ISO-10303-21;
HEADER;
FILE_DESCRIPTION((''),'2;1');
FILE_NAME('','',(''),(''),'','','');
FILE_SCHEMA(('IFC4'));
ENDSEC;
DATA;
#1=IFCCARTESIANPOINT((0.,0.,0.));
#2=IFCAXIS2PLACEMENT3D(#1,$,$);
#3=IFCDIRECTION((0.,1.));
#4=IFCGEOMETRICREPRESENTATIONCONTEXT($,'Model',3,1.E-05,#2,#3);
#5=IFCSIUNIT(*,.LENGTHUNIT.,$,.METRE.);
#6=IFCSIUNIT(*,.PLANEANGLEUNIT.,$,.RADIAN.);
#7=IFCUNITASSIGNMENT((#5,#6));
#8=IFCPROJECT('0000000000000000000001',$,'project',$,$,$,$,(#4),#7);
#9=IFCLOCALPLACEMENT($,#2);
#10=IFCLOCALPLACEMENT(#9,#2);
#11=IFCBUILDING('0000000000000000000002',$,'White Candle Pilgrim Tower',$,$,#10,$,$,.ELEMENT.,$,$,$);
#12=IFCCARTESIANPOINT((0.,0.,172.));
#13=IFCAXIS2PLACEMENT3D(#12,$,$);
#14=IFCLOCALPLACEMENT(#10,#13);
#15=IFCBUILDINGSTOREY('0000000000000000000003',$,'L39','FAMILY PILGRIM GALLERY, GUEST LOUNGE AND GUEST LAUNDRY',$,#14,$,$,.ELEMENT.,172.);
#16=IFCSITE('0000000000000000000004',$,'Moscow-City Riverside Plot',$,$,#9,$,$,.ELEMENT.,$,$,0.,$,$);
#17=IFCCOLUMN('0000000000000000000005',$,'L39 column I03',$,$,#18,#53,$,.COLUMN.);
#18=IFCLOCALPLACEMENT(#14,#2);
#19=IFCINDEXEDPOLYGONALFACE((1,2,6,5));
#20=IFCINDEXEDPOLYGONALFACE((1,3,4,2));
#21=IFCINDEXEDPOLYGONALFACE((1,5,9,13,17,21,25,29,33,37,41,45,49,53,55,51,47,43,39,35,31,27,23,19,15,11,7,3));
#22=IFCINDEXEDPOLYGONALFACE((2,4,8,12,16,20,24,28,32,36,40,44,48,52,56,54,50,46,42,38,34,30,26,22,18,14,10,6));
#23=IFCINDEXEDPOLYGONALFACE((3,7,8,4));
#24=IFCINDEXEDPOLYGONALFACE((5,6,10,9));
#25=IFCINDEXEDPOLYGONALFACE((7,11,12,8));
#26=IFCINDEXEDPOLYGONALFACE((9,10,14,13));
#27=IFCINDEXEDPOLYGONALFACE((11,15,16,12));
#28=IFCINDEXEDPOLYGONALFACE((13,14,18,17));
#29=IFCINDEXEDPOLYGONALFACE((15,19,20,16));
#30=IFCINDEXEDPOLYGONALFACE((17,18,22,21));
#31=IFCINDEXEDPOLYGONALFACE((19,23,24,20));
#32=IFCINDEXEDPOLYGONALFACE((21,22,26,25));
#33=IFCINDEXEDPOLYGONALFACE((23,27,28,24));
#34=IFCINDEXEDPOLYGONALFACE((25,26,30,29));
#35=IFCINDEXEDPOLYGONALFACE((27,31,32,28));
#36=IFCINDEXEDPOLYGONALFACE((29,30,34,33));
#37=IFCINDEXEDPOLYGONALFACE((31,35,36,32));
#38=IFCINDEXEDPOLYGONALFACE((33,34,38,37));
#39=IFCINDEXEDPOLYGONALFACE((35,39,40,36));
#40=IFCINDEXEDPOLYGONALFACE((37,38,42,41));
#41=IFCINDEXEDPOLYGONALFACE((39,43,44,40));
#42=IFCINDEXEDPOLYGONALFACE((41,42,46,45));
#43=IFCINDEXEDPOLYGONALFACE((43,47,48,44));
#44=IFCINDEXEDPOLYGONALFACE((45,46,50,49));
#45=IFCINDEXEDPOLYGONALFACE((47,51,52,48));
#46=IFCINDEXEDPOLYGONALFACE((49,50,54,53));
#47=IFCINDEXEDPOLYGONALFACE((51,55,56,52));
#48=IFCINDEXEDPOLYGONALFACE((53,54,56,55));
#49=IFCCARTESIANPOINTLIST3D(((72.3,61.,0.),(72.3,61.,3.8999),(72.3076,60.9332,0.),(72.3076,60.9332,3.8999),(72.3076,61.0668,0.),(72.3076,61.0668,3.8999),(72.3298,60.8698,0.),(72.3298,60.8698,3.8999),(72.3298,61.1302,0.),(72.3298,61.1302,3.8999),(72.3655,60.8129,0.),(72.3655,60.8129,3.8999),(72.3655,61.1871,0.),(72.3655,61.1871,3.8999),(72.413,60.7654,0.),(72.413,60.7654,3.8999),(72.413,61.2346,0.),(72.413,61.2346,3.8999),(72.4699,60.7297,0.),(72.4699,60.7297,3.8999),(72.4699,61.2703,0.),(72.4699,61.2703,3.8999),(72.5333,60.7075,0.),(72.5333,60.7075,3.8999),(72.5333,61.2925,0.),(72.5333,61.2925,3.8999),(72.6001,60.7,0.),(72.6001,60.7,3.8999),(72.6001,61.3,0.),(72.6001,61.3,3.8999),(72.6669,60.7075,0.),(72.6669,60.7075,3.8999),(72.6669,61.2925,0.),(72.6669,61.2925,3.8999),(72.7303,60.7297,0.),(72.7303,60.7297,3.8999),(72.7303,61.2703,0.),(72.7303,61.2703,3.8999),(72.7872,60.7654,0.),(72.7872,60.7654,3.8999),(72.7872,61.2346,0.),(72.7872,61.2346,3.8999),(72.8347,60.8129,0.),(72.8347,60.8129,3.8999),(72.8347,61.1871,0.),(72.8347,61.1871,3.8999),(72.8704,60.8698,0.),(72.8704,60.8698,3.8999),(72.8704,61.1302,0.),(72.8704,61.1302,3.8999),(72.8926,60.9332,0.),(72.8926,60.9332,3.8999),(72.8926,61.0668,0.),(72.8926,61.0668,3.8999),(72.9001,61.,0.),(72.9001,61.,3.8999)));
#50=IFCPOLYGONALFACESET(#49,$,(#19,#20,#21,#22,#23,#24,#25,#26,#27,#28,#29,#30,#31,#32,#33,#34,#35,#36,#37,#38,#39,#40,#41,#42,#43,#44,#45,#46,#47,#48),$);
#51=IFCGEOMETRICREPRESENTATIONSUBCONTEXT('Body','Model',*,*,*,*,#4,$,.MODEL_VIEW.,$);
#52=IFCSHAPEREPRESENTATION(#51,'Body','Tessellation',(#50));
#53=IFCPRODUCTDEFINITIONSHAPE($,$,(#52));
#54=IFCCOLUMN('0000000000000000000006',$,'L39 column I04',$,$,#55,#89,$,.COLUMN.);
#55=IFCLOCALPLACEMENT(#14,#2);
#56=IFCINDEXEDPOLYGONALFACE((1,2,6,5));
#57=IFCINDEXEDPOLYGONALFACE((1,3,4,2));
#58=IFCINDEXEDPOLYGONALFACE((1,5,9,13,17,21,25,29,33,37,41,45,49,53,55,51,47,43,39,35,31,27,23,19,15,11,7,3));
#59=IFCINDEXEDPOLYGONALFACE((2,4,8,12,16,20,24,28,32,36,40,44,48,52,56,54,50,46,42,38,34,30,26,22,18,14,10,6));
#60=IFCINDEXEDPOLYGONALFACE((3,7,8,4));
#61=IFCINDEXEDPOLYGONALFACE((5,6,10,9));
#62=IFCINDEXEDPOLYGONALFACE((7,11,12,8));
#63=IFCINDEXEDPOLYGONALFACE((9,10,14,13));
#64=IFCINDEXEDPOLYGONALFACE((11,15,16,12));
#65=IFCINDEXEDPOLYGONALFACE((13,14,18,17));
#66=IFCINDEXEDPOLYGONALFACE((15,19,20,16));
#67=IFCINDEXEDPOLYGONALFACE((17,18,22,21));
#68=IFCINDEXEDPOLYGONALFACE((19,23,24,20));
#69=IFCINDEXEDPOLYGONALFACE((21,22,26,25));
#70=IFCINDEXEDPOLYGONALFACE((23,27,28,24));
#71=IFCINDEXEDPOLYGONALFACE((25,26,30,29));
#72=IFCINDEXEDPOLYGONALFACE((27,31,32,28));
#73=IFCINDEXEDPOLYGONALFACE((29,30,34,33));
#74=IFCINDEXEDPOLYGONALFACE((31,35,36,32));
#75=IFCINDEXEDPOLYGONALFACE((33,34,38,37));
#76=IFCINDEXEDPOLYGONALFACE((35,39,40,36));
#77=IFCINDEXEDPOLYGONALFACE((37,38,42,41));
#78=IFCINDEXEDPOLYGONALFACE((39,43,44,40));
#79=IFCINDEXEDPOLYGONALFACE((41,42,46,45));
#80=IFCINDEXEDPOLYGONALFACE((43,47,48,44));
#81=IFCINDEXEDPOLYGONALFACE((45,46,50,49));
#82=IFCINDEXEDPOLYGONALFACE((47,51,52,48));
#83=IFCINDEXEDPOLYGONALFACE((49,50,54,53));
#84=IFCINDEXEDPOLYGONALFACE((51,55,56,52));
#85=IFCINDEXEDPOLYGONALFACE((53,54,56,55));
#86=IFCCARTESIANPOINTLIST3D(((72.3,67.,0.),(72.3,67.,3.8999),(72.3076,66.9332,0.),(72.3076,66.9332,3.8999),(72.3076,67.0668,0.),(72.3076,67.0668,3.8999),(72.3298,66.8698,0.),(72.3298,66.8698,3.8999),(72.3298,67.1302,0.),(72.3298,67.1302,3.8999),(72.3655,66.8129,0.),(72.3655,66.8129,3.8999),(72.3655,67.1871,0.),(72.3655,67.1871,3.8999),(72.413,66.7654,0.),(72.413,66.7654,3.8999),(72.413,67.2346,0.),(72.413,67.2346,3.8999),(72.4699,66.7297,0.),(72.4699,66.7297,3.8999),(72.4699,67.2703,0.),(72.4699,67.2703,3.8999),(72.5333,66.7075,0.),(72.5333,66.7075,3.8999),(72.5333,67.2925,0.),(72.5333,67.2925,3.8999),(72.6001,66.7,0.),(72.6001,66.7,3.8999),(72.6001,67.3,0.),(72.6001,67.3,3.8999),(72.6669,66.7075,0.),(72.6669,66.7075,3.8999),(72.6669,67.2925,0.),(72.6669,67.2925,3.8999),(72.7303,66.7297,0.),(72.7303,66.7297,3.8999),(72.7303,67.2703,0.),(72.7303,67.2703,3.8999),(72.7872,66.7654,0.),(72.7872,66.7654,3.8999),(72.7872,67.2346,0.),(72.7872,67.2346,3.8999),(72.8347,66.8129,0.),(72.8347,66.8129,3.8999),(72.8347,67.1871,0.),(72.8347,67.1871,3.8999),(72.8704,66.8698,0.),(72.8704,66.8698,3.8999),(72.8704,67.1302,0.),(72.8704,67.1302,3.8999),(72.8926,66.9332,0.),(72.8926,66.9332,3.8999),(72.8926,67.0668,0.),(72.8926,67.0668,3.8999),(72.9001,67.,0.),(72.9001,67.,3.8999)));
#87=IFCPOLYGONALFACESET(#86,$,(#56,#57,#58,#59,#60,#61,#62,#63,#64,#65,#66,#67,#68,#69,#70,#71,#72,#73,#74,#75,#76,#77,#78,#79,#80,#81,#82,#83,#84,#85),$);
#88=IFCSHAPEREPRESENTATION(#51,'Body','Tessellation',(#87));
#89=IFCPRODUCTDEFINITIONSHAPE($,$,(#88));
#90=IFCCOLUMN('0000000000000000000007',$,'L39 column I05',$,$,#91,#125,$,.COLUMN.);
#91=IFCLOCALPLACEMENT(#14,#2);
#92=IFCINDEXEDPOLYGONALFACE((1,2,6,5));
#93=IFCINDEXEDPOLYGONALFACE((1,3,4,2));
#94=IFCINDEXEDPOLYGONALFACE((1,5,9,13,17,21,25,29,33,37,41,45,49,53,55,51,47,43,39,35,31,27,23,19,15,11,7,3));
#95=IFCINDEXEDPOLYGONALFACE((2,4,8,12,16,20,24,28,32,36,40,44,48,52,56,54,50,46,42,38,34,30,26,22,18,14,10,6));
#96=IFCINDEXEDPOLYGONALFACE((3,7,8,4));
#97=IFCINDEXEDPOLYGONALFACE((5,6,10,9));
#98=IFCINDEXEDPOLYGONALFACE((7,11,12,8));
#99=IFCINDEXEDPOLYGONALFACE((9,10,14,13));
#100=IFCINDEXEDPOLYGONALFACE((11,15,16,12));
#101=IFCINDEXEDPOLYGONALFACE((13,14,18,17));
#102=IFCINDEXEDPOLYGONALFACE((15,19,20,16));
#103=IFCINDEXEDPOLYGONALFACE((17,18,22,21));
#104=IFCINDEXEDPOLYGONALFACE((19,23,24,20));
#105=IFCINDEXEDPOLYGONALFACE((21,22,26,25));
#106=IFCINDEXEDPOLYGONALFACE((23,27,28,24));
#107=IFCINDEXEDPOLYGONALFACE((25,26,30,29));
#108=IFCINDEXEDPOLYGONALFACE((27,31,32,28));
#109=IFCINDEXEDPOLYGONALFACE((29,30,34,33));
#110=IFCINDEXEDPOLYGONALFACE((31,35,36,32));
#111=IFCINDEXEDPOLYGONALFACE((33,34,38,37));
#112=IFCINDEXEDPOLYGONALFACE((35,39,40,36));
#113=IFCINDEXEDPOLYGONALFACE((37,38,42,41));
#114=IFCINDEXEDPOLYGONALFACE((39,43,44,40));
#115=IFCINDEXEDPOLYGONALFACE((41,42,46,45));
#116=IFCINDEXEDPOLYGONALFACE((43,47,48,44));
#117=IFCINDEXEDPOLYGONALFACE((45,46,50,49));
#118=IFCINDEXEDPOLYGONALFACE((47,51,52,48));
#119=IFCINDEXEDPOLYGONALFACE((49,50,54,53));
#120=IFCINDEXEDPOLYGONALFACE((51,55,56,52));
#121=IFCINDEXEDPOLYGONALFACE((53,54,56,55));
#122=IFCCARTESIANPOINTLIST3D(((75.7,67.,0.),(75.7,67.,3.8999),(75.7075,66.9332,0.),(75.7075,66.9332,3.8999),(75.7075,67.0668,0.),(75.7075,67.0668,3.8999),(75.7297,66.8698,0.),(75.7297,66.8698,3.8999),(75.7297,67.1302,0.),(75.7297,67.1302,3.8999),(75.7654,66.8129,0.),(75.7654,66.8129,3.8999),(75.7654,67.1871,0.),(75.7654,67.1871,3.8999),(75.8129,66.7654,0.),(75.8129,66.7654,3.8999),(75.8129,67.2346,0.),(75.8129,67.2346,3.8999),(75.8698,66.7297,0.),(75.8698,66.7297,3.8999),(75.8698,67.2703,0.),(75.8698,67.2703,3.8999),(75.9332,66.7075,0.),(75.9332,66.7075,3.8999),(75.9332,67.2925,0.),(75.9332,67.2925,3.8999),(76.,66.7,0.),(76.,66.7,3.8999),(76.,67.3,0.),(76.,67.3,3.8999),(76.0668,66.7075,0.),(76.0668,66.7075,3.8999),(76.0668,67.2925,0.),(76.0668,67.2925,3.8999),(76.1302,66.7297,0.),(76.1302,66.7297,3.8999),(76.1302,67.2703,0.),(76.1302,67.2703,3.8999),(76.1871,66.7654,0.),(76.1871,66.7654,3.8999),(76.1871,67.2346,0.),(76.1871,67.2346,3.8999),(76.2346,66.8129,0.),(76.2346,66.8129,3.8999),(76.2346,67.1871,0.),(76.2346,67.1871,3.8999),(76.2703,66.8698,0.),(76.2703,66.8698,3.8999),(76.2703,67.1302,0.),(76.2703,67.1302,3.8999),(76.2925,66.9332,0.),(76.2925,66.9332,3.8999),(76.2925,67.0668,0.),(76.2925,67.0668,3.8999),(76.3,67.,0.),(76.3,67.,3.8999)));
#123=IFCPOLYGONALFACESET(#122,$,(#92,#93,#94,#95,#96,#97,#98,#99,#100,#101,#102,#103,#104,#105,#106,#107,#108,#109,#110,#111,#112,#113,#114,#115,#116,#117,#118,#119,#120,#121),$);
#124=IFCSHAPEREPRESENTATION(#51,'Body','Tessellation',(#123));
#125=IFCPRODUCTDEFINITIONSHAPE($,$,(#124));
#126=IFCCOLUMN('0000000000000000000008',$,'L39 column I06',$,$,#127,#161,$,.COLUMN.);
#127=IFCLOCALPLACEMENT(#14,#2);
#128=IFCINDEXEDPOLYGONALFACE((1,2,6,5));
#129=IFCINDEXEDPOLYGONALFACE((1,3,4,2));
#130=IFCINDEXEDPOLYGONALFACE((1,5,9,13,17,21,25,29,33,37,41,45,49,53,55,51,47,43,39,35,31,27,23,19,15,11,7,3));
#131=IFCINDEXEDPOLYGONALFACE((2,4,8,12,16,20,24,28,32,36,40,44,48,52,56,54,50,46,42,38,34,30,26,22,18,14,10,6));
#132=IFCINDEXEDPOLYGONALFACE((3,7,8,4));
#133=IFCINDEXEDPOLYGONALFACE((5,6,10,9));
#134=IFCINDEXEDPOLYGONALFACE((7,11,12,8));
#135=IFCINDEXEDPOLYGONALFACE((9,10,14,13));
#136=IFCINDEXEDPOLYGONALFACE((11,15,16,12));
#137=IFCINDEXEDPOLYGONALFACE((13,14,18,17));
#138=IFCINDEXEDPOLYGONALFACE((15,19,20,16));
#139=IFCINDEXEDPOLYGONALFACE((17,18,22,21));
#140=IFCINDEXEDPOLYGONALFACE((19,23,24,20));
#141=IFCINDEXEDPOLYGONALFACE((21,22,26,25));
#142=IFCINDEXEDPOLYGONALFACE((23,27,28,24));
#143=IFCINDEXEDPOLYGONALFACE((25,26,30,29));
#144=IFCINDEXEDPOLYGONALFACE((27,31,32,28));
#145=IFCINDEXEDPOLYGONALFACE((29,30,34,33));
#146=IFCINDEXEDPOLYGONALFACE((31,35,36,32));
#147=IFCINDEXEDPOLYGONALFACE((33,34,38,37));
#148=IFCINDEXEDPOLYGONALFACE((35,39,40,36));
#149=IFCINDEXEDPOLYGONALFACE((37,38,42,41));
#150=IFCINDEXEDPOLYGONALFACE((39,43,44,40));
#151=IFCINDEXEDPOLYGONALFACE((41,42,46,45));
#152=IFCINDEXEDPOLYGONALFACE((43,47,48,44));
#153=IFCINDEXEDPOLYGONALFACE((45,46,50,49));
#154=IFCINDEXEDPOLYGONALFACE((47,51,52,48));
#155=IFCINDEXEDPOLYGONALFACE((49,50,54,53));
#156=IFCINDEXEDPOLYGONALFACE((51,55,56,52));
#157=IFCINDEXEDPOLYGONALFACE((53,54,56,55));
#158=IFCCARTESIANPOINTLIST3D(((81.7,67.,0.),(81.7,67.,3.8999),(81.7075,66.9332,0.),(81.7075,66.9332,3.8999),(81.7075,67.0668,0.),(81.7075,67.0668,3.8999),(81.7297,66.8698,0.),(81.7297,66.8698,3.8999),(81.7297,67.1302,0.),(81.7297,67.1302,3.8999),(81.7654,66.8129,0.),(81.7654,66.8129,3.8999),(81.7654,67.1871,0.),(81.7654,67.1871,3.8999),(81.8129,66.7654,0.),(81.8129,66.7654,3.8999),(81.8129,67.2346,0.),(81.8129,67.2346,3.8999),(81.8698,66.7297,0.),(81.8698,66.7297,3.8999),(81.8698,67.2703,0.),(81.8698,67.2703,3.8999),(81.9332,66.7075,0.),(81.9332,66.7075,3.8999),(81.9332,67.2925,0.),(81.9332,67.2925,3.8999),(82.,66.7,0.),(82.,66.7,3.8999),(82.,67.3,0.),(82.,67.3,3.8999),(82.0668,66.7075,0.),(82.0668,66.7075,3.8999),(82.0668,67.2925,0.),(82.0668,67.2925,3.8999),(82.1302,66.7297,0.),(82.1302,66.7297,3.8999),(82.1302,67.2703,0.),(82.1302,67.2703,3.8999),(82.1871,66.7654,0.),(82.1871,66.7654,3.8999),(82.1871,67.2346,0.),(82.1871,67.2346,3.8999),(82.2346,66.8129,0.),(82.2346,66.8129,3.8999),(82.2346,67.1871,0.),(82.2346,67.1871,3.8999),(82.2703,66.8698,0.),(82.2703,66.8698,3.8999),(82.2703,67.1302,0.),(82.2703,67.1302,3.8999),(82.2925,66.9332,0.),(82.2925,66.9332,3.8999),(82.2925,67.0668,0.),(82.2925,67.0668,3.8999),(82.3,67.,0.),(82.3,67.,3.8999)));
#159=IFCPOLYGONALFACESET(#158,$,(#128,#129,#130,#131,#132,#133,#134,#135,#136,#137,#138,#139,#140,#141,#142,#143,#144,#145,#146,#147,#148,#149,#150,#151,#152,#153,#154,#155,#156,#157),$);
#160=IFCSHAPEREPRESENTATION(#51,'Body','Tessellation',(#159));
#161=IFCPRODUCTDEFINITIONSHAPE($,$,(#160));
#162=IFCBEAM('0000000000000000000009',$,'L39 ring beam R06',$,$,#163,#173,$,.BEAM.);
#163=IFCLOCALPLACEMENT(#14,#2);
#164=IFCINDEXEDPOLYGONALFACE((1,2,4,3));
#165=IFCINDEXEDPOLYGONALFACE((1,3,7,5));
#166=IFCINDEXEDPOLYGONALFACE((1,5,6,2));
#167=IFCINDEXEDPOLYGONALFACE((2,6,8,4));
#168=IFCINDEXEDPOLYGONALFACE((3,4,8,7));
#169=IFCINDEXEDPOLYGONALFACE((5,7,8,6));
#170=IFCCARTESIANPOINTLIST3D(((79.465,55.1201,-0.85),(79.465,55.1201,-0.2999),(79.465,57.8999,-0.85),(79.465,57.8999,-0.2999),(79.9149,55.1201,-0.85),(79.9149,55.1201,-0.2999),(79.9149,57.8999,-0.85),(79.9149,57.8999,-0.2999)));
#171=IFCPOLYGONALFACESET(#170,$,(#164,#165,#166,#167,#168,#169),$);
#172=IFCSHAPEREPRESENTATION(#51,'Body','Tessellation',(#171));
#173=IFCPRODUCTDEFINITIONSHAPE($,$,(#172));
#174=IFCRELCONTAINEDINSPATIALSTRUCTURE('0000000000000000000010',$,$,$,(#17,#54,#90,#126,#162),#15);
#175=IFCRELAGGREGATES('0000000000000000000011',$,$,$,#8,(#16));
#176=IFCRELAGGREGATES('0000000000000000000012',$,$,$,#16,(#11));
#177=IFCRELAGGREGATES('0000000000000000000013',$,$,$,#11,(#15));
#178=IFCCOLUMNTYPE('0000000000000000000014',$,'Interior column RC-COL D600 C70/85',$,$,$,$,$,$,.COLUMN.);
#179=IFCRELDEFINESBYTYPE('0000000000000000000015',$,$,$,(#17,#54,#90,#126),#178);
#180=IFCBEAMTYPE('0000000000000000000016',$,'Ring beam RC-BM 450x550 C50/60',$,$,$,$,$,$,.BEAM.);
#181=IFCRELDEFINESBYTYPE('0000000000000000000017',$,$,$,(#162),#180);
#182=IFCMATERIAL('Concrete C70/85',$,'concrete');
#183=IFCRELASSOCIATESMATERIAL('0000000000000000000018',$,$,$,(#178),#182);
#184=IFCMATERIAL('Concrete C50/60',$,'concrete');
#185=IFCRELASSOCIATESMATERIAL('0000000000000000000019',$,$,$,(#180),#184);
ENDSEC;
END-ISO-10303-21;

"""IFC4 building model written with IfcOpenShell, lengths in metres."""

from ifc_helpers import new_model, si_unit, direction, frame, origin, origin_2d, place, context, subcontext, project, spatial, rectangle, circle, extrude, material, material_profile, profile_set, type_object, element, save


model = new_model("IFC4")

# Units and contexts
model_context = context("Model", 3, precision=1e-05, world=origin(), true_north=direction((0.0, 1.0)))
body_context = subcontext(model_context, "Body", "Model", "MODEL_VIEW")
ifc_project = project(units=[si_unit("LENGTHUNIT", "METRE"), si_unit("PLANEANGLEUNIT", "RADIAN")], contexts=[model_context])

# Site, building, storey
site_placement = place(None, origin())
site = spatial("IfcSite", under=ifc_project, at=site_placement, Name="Moscow-City Riverside Plot", CompositionType="ELEMENT", RefElevation=0.0)
building_placement = place(site_placement, origin())
building = spatial("IfcBuilding", under=site, at=building_placement, Name="White Candle Pilgrim Tower", CompositionType="ELEMENT")
storey_placement = place(building_placement, frame((0.0, 0.0, 172.0)))
storey = spatial("IfcBuildingStorey", under=building, at=storey_placement, Name="L39", Description="FAMILY PILGRIM GALLERY, GUEST LOUNGE AND GUEST LAUNDRY", CompositionType="ELEMENT", Elevation=172.0)

# Columns
ifc_material_1 = material(Name="Concrete C70/85", Category="concrete")
ifc_material_profile_1 = material_profile(ifc_material_1, circle(Radius=0.3, at=origin_2d()), Name="RC-COL D600")
ifc_profile_set_1 = profile_set([ifc_material_profile_1], Name="Concrete C70/85")
column_type = type_object("IfcColumnType", Name="Interior column RC-COL D600 C70/85", PredefinedType="COLUMN", material=ifc_profile_set_1)
for number, where, z_axis, x_axis, name in (
    (1, (72.6001, 61.0, 0.0), (0.0, 0.0, 1.0), (1.0, 0.0, 0.0), "L39 column I03"),
    (2, (72.6001, 67.0, 0.0), (0.0, 0.0, 1.0), (1.0, 0.0, 0.0), "L39 column I04"),
    (3, (76.0, 67.0, 0.0), (0.0, 0.0, 1.0), (1.0, 0.0, 0.0), "L39 column I05"),
    (4, (82.0, 67.0, 0.0), (0.0, 0.0, 1.0), (1.0, 0.0, 0.0), "L39 column I06"),
):
    element("IfcColumn", number, at=place(storey_placement, frame(where, z_axis=z_axis, x_axis=x_axis)), inside=storey, type_object=column_type, Name=name, PredefinedType="COLUMN", context=body_context, shape_type="SweptSolid", body=[
        extrude(circle(Radius=0.3, at=origin_2d()), origin(), (0.0, 0.0, 1.0), 3.8999),
    ])

# Beam
ifc_material_2 = material(Name="Concrete C50/60", Category="concrete")
ifc_material_profile_2 = material_profile(ifc_material_2, rectangle(XDim=0.45, YDim=0.55, at=origin_2d()), Name="RC-BM 450x550")
ifc_profile_set_2 = profile_set([ifc_material_profile_2], Name="Concrete C50/60")
beam_type = type_object("IfcBeamType", Name="Ring beam RC-BM 450x550 C50/60", PredefinedType="BEAM", material=ifc_profile_set_2)
beam_placement = place(storey_placement, frame((79.6899, 55.1201, -0.575), z_axis=(0.0, 1.0, 0.0), x_axis=(-1.0, 0.0, 0.0)))
element("IfcBeam", 5, at=beam_placement, inside=storey, type_object=beam_type, Name="L39 ring beam R06", PredefinedType="BEAM", context=body_context, shape_type="SweptSolid", body=[
    extrude(rectangle(XDim=0.45, YDim=0.55, at=origin_2d()), origin(), (0.0, 0.0, 1.0), 2.7798),
])

save(model, "model.ifc")
